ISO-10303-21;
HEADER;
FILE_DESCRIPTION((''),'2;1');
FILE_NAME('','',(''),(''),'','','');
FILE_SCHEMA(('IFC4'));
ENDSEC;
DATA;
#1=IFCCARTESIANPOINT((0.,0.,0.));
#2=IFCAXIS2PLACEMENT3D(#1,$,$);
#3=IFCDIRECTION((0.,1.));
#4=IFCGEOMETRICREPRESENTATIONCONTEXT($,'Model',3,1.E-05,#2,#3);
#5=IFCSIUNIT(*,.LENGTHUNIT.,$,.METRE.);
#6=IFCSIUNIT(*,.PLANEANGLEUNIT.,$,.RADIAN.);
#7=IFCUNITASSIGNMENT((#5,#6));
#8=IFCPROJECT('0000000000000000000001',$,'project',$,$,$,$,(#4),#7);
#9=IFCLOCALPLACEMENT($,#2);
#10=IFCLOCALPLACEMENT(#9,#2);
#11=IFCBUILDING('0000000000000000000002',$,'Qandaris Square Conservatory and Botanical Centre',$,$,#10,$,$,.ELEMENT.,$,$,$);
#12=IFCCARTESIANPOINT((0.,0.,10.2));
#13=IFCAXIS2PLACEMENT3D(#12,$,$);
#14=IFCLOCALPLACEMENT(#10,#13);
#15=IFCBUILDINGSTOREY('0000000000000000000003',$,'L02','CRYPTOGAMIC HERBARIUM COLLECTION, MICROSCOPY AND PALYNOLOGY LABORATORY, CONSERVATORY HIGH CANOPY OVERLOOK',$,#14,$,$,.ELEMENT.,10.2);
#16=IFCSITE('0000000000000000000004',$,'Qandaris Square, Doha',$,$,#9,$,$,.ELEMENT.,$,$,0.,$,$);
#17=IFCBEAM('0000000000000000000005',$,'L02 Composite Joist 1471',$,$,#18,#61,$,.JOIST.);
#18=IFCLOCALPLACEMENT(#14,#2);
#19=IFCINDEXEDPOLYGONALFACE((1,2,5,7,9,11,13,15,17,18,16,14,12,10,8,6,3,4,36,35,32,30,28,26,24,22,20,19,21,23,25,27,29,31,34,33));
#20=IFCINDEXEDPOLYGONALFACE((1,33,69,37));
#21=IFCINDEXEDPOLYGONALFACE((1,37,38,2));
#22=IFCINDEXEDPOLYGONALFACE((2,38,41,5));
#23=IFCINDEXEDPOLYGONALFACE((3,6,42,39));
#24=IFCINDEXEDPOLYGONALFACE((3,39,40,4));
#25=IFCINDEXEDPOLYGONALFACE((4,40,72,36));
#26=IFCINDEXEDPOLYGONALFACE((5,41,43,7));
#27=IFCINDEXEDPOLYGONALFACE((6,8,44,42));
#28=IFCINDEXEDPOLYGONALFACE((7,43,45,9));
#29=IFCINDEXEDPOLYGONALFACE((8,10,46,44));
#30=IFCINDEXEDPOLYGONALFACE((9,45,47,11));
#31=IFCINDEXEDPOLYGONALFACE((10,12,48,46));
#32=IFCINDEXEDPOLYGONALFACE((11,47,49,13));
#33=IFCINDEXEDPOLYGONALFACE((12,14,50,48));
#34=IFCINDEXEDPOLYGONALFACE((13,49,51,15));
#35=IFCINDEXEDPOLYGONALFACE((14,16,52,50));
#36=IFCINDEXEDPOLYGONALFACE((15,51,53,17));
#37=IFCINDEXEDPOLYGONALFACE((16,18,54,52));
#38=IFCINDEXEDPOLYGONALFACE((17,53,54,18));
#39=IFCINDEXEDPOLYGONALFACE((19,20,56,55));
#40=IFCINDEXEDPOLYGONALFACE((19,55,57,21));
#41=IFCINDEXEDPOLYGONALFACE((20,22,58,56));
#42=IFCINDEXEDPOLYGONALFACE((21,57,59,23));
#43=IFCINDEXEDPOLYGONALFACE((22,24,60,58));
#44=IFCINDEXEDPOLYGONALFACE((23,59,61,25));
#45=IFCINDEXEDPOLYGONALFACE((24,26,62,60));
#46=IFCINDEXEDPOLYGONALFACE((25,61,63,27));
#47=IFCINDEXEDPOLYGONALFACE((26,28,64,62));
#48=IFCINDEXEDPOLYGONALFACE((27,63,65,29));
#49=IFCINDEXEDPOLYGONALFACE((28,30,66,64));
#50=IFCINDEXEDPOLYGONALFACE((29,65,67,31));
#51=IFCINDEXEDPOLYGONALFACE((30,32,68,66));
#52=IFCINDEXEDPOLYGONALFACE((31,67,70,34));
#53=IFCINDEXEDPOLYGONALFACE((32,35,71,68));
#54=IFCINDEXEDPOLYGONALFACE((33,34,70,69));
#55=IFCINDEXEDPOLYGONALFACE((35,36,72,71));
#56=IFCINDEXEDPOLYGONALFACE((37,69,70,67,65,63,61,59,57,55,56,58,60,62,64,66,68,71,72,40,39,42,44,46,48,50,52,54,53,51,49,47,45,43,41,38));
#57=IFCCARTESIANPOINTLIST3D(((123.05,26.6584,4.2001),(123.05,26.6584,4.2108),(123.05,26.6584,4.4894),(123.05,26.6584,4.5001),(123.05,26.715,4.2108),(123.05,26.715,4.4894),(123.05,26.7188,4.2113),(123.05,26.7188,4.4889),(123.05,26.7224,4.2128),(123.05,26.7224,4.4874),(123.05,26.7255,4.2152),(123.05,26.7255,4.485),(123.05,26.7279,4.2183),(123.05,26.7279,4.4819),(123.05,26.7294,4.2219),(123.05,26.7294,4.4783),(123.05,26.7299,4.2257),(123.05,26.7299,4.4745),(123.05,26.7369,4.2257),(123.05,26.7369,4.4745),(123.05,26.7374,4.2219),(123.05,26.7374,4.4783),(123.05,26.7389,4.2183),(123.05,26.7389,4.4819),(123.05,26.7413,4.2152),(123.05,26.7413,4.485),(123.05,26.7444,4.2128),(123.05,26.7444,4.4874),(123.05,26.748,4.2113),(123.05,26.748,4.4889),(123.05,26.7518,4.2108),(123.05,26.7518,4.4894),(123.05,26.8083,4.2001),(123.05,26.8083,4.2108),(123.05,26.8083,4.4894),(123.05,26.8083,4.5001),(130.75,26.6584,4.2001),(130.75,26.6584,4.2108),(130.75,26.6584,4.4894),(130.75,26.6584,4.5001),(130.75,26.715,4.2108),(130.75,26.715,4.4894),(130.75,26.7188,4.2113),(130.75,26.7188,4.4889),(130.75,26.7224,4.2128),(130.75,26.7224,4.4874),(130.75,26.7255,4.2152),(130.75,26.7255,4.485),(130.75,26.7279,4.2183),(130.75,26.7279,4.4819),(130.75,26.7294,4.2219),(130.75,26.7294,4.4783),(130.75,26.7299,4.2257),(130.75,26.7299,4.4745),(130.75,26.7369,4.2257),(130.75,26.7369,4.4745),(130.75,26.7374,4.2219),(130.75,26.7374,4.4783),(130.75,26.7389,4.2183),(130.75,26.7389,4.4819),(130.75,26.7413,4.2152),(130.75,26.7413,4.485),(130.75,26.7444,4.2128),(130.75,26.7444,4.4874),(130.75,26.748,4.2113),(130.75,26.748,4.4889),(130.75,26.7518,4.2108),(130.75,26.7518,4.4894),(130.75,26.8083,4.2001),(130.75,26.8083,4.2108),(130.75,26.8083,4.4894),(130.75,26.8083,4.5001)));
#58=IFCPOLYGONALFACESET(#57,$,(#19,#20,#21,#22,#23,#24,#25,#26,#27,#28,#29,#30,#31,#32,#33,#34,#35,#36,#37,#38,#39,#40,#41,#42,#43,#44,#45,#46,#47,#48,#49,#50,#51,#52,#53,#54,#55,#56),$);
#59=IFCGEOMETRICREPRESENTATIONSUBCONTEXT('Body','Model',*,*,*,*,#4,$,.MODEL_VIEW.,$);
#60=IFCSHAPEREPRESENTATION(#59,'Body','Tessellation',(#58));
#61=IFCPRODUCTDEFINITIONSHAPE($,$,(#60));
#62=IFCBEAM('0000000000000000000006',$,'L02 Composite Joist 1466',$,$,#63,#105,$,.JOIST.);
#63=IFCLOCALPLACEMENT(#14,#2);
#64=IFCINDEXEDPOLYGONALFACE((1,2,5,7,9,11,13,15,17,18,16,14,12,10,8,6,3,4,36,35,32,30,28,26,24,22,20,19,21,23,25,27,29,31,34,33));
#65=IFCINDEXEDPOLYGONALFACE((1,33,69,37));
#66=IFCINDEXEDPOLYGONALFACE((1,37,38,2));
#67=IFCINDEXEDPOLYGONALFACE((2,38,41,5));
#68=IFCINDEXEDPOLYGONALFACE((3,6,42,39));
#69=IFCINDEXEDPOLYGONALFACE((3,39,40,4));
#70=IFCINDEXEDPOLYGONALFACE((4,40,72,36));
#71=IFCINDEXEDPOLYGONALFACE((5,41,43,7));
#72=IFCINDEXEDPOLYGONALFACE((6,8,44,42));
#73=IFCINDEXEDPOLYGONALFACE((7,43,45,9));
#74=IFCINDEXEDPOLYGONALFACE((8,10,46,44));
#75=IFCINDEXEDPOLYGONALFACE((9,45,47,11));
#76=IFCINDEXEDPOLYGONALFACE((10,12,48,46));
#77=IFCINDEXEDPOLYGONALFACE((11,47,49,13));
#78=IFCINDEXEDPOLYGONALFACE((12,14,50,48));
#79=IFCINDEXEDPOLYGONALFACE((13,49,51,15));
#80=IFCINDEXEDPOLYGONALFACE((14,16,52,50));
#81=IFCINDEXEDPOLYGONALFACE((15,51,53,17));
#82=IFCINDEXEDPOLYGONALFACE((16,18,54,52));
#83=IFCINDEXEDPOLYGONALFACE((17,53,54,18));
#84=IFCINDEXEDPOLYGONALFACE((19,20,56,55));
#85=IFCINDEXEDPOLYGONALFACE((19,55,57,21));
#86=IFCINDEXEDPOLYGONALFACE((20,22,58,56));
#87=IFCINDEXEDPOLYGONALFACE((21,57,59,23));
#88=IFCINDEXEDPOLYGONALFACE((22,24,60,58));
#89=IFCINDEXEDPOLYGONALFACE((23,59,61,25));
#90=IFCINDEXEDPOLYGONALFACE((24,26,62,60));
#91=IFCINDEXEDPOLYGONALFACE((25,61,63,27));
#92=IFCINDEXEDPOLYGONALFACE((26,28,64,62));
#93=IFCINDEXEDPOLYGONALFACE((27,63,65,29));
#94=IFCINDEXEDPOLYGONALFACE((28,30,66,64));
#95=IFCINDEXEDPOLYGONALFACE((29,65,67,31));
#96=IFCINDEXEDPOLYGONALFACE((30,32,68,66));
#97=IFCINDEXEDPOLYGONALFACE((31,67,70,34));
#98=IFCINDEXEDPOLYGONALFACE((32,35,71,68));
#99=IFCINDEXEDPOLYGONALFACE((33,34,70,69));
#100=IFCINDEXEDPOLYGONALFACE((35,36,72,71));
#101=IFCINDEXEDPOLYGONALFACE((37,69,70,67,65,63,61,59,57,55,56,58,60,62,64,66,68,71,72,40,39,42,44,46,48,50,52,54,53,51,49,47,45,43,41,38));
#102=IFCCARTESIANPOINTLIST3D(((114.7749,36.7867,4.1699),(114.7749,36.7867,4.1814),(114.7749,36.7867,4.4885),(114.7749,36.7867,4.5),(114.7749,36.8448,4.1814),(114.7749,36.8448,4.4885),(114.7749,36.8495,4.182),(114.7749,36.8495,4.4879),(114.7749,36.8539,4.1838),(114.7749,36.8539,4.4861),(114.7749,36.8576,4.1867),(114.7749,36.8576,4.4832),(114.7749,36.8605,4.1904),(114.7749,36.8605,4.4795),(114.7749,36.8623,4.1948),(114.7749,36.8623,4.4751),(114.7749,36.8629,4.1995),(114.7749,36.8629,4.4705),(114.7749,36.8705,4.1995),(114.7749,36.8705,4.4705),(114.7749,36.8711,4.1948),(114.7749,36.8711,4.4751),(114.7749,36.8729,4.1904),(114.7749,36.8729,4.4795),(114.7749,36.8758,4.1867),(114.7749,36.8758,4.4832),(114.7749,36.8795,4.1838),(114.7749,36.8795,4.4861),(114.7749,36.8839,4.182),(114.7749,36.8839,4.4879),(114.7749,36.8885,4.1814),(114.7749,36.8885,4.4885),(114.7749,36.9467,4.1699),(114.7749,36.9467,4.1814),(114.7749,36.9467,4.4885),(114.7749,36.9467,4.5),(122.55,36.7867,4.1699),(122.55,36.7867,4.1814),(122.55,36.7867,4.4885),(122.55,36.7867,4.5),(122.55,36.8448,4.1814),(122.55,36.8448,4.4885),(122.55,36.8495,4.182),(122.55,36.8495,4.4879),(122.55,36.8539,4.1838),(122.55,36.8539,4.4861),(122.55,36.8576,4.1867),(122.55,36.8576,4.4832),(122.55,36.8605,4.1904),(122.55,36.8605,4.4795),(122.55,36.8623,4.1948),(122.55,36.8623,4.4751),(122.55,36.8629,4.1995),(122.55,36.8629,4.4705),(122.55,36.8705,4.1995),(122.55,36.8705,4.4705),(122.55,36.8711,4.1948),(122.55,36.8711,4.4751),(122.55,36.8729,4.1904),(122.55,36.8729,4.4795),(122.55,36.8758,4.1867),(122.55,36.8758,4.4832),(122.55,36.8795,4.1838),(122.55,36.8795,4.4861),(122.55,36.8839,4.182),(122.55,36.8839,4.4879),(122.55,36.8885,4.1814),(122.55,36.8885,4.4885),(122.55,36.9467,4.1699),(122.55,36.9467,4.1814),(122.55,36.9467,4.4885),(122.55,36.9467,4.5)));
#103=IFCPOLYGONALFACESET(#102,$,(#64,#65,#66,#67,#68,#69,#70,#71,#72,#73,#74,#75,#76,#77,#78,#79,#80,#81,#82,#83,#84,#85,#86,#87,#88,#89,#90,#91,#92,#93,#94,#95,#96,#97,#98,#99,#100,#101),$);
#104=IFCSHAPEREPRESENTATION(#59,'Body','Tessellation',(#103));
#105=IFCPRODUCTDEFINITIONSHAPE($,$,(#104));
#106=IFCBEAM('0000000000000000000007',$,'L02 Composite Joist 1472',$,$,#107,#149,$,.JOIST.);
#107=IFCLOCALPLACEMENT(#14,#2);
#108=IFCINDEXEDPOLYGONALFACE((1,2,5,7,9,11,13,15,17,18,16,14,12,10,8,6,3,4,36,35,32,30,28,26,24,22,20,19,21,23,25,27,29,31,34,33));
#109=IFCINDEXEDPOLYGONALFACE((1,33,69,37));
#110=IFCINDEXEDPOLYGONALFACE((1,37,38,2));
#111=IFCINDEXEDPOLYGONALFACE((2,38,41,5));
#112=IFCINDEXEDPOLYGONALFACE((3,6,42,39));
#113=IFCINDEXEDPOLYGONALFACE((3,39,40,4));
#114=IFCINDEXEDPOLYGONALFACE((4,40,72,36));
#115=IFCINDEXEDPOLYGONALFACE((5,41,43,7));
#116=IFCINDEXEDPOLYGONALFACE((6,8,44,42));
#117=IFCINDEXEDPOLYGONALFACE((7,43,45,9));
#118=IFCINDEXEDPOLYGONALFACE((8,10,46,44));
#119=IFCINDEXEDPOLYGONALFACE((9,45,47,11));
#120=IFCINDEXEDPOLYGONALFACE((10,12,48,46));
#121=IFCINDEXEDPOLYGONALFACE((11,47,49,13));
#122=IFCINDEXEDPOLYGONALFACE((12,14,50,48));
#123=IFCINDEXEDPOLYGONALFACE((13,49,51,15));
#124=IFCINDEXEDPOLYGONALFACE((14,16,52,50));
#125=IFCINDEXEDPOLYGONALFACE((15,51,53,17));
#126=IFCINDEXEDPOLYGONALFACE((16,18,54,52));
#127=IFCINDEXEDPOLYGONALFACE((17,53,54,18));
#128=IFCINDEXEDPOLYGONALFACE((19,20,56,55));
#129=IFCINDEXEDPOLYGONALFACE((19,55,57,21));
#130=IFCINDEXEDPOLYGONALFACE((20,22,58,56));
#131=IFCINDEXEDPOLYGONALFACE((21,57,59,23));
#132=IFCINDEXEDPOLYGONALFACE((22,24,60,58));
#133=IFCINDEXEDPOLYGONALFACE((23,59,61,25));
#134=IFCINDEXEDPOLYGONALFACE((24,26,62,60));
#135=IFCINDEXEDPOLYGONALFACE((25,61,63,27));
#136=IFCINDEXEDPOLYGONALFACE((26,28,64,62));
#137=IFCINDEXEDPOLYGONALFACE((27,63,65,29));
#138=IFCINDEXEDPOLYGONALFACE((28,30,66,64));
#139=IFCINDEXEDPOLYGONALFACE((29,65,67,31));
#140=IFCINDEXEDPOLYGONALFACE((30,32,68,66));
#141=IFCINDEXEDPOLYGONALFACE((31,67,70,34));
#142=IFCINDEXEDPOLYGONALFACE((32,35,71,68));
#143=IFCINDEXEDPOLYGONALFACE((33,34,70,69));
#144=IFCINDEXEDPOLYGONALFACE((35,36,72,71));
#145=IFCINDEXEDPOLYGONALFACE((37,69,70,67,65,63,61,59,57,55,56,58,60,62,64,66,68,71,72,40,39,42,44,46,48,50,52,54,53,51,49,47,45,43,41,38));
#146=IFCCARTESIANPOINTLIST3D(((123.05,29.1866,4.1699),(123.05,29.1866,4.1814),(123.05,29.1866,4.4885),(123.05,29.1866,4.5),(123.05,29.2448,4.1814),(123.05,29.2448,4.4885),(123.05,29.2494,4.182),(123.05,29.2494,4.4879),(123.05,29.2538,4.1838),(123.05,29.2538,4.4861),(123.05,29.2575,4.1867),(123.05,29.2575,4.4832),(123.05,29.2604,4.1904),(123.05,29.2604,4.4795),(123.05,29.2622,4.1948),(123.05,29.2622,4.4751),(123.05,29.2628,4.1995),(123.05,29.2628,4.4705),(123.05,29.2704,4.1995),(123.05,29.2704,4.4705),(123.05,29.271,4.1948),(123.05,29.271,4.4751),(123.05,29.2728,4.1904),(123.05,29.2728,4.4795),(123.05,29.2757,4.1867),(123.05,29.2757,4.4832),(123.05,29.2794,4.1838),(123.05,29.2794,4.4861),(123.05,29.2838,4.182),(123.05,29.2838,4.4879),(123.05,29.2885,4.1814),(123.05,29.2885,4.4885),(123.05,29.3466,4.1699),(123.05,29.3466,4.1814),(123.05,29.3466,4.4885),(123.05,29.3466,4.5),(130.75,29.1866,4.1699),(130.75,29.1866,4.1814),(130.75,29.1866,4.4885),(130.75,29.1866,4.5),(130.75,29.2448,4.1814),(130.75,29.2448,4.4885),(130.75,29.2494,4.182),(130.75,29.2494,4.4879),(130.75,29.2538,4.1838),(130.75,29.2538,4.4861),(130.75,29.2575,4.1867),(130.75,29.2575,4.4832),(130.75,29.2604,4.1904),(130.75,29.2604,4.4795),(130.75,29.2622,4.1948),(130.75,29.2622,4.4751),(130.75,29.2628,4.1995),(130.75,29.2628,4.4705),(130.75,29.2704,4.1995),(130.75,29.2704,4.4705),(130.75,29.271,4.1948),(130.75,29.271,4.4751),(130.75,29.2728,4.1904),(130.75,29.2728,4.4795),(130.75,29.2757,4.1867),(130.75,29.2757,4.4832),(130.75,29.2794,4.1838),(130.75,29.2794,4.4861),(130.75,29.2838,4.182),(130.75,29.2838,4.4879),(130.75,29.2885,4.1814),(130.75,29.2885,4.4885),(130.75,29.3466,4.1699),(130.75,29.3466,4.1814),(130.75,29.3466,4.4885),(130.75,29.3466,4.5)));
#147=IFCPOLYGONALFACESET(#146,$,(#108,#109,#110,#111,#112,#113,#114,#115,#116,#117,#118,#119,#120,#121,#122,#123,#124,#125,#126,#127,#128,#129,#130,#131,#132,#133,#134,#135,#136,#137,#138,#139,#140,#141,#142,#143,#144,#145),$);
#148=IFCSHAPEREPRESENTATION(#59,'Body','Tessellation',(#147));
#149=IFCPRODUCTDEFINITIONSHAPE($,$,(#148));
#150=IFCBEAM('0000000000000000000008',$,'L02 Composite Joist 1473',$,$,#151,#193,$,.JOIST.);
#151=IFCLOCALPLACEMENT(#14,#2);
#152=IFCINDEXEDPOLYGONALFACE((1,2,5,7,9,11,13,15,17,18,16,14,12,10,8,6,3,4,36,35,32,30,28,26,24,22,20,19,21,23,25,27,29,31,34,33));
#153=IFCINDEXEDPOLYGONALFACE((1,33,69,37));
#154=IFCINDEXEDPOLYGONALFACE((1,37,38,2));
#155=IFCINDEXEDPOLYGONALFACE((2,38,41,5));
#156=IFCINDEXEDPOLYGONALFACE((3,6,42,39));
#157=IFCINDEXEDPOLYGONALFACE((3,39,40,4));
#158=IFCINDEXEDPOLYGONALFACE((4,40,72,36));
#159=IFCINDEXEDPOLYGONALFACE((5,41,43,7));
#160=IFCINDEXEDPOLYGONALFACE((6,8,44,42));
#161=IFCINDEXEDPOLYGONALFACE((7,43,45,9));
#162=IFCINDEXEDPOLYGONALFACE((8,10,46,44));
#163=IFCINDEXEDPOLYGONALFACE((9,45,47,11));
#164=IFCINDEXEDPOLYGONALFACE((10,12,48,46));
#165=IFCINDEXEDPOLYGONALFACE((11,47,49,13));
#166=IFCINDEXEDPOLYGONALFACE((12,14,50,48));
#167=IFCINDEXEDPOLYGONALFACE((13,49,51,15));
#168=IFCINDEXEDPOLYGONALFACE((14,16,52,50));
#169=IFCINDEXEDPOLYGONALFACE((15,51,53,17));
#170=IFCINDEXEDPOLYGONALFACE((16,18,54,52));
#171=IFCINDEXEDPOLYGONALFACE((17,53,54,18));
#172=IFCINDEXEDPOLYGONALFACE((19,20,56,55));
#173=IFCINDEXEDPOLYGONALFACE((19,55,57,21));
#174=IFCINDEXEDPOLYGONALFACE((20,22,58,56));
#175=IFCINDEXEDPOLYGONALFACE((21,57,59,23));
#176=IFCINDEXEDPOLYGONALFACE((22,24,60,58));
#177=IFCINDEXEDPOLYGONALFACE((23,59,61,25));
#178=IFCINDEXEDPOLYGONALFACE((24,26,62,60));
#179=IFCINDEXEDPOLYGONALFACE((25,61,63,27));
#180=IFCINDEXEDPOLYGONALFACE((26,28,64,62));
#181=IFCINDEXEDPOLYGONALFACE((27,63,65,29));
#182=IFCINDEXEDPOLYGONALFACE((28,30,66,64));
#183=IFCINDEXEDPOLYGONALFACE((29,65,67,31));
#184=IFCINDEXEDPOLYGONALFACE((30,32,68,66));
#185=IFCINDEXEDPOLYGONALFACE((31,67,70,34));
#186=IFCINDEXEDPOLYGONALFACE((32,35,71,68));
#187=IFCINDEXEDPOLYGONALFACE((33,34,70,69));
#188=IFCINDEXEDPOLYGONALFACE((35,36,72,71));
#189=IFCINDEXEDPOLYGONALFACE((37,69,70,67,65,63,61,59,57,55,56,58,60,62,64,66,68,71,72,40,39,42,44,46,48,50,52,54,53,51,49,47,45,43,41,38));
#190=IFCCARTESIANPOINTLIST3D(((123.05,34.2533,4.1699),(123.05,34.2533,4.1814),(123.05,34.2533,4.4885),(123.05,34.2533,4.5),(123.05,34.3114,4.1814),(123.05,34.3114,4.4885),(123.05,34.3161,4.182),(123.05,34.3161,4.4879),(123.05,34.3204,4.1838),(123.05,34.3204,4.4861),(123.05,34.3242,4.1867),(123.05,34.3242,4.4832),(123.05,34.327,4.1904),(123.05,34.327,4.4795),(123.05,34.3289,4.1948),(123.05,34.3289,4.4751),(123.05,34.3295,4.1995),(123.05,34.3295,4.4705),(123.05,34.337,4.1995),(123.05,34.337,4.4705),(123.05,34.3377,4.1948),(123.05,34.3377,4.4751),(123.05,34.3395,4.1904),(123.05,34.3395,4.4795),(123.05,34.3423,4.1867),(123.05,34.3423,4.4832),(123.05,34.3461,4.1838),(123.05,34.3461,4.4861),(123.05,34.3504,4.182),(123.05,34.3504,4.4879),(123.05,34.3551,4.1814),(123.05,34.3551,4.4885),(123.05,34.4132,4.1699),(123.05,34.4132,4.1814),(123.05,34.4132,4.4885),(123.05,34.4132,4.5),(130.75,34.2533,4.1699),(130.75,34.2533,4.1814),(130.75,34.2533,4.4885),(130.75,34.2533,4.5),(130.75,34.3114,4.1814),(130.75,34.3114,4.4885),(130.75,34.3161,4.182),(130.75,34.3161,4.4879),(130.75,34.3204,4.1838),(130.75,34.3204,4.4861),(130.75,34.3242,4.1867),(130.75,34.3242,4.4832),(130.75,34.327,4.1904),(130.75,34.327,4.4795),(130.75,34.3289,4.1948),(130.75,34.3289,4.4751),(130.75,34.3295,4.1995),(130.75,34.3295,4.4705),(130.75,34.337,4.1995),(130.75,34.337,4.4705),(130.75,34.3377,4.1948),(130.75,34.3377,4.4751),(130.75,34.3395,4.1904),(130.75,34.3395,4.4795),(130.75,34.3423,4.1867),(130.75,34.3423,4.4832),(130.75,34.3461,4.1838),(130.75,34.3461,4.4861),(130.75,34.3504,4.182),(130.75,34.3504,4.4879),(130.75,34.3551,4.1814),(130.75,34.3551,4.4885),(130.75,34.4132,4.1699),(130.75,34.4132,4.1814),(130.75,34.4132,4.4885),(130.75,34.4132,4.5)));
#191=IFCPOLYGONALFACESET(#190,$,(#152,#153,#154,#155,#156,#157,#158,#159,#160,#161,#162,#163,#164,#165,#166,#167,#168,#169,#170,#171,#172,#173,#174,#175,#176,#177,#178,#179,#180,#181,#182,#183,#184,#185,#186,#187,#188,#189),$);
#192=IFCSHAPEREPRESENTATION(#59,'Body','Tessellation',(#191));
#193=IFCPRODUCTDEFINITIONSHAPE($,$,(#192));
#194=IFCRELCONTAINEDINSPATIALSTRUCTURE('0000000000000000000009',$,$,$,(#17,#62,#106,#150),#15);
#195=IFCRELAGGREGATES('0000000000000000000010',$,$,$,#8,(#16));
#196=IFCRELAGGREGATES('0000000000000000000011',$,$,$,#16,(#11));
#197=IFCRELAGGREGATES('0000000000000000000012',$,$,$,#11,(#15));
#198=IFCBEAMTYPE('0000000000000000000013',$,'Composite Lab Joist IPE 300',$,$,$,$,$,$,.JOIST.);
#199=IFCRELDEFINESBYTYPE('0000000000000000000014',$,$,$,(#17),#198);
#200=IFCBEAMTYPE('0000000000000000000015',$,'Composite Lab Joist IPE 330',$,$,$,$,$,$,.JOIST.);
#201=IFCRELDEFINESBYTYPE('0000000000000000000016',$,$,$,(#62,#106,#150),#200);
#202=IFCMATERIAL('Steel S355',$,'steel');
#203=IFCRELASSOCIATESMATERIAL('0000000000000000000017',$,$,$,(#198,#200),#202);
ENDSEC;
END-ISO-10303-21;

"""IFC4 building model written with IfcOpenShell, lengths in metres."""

from ifc_helpers import new_model, si_unit, direction, frame, origin, origin_2d, place, context, subcontext, project, spatial, i_section, extrude, material, material_profile, profile_set, type_object, element, save


model = new_model("IFC4")

# Units and contexts
model_context = context("Model", 3, precision=1e-05, world=origin(), true_north=direction((0.0, 1.0)))
body_context = subcontext(model_context, "Body", "Model", "MODEL_VIEW")
ifc_project = project(units=[si_unit("LENGTHUNIT", "METRE"), si_unit("PLANEANGLEUNIT", "RADIAN")], contexts=[model_context])

# Site, building, storey
site_placement = place(None, origin())
site = spatial("IfcSite", under=ifc_project, at=site_placement, Name="Qandaris Square, Doha", CompositionType="ELEMENT", RefElevation=0.0)
building_placement = place(site_placement, origin())
building = spatial("IfcBuilding", under=site, at=building_placement, Name="Qandaris Square Conservatory and Botanical Centre", CompositionType="ELEMENT")
storey_placement = place(building_placement, frame((0.0, 0.0, 10.2)))
storey = spatial("IfcBuildingStorey", under=building, at=storey_placement, Name="L02", Description="CRYPTOGAMIC HERBARIUM COLLECTION, MICROSCOPY AND PALYNOLOGY LABORATORY, CONSERVATORY HIGH CANOPY OVERLOOK", CompositionType="ELEMENT", Elevation=10.2)

# Beams
ifc_material_1 = material(Name="Steel S355", Category="steel")
ifc_material_profile_1 = material_profile(ifc_material_1, i_section(OverallWidth=0.1499, OverallDepth=0.3, WebThickness=0.0071, FlangeThickness=0.0107, FilletRadius=0.0149, at=origin_2d()), Name="IPE 300")
ifc_profile_set_1 = profile_set([ifc_material_profile_1], Name="Steel S355")
beam_type_1 = type_object("IfcBeamType", Name="Composite Lab Joist IPE 300", PredefinedType="JOIST", material=ifc_profile_set_1)
for number, where, z_axis, x_axis, name in (
    (1, (123.05, 26.7334, 4.3501), (1.0, 0.0, 0.0), (0.0, 1.0, 0.0), "L02 Composite Joist 1471"),
):
    element("IfcBeam", number, at=place(storey_placement, frame(where, z_axis=z_axis, x_axis=x_axis)), inside=storey, type_object=beam_type_1, Name=name, PredefinedType="JOIST", context=body_context, shape_type="SweptSolid", body=[
        extrude(i_section(OverallWidth=0.1499, OverallDepth=0.3, WebThickness=0.0071, FlangeThickness=0.0107, FilletRadius=0.0149, at=origin_2d()), origin(), (0.0, 0.0, 1.0), 7.7),
    ])
ifc_material_profile_2 = material_profile(ifc_material_1, i_section(OverallWidth=0.1599, OverallDepth=0.3301, WebThickness=0.0076, FlangeThickness=0.0115, FilletRadius=0.0181, at=origin_2d()), Name="IPE 330")
ifc_profile_set_2 = profile_set([ifc_material_profile_2], Name="Steel S355")
beam_type_2 = type_object("IfcBeamType", Name="Composite Lab Joist IPE 330", PredefinedType="JOIST", material=ifc_profile_set_2)
beam_1_placement = place(storey_placement, frame((114.7749, 36.8667, 4.335), z_axis=(1.0, 0.0, 0.0), x_axis=(0.0, 1.0, 0.0)))
element("IfcBeam", 2, at=beam_1_placement, inside=storey, type_object=beam_type_2, Name="L02 Composite Joist 1466", PredefinedType="JOIST", context=body_context, shape_type="SweptSolid", body=[
    extrude(i_section(OverallWidth=0.1599, OverallDepth=0.3301, WebThickness=0.0076, FlangeThickness=0.0115, FilletRadius=0.0181, at=origin_2d()), origin(), (0.0, 0.0, 1.0), 7.7751),
])
for number, where, z_axis, x_axis, name in (
    (3, (123.05, 29.2666, 4.335), (1.0, 0.0, 0.0), (0.0, 1.0, 0.0), "L02 Composite Joist 1472"),
    (4, (123.05, 34.3333, 4.335), (1.0, 0.0, 0.0), (0.0, 1.0, 0.0), "L02 Composite Joist 1473"),
):
    element("IfcBeam", number, at=place(storey_placement, frame(where, z_axis=z_axis, x_axis=x_axis)), inside=storey, type_object=beam_type_2, Name=name, PredefinedType="JOIST", context=body_context, shape_type="SweptSolid", body=[
        extrude(i_section(OverallWidth=0.1599, OverallDepth=0.3301, WebThickness=0.0076, FlangeThickness=0.0115, FilletRadius=0.0181, at=origin_2d()), origin(), (0.0, 0.0, 1.0), 7.7),
    ])

save(model, "model.ifc")
